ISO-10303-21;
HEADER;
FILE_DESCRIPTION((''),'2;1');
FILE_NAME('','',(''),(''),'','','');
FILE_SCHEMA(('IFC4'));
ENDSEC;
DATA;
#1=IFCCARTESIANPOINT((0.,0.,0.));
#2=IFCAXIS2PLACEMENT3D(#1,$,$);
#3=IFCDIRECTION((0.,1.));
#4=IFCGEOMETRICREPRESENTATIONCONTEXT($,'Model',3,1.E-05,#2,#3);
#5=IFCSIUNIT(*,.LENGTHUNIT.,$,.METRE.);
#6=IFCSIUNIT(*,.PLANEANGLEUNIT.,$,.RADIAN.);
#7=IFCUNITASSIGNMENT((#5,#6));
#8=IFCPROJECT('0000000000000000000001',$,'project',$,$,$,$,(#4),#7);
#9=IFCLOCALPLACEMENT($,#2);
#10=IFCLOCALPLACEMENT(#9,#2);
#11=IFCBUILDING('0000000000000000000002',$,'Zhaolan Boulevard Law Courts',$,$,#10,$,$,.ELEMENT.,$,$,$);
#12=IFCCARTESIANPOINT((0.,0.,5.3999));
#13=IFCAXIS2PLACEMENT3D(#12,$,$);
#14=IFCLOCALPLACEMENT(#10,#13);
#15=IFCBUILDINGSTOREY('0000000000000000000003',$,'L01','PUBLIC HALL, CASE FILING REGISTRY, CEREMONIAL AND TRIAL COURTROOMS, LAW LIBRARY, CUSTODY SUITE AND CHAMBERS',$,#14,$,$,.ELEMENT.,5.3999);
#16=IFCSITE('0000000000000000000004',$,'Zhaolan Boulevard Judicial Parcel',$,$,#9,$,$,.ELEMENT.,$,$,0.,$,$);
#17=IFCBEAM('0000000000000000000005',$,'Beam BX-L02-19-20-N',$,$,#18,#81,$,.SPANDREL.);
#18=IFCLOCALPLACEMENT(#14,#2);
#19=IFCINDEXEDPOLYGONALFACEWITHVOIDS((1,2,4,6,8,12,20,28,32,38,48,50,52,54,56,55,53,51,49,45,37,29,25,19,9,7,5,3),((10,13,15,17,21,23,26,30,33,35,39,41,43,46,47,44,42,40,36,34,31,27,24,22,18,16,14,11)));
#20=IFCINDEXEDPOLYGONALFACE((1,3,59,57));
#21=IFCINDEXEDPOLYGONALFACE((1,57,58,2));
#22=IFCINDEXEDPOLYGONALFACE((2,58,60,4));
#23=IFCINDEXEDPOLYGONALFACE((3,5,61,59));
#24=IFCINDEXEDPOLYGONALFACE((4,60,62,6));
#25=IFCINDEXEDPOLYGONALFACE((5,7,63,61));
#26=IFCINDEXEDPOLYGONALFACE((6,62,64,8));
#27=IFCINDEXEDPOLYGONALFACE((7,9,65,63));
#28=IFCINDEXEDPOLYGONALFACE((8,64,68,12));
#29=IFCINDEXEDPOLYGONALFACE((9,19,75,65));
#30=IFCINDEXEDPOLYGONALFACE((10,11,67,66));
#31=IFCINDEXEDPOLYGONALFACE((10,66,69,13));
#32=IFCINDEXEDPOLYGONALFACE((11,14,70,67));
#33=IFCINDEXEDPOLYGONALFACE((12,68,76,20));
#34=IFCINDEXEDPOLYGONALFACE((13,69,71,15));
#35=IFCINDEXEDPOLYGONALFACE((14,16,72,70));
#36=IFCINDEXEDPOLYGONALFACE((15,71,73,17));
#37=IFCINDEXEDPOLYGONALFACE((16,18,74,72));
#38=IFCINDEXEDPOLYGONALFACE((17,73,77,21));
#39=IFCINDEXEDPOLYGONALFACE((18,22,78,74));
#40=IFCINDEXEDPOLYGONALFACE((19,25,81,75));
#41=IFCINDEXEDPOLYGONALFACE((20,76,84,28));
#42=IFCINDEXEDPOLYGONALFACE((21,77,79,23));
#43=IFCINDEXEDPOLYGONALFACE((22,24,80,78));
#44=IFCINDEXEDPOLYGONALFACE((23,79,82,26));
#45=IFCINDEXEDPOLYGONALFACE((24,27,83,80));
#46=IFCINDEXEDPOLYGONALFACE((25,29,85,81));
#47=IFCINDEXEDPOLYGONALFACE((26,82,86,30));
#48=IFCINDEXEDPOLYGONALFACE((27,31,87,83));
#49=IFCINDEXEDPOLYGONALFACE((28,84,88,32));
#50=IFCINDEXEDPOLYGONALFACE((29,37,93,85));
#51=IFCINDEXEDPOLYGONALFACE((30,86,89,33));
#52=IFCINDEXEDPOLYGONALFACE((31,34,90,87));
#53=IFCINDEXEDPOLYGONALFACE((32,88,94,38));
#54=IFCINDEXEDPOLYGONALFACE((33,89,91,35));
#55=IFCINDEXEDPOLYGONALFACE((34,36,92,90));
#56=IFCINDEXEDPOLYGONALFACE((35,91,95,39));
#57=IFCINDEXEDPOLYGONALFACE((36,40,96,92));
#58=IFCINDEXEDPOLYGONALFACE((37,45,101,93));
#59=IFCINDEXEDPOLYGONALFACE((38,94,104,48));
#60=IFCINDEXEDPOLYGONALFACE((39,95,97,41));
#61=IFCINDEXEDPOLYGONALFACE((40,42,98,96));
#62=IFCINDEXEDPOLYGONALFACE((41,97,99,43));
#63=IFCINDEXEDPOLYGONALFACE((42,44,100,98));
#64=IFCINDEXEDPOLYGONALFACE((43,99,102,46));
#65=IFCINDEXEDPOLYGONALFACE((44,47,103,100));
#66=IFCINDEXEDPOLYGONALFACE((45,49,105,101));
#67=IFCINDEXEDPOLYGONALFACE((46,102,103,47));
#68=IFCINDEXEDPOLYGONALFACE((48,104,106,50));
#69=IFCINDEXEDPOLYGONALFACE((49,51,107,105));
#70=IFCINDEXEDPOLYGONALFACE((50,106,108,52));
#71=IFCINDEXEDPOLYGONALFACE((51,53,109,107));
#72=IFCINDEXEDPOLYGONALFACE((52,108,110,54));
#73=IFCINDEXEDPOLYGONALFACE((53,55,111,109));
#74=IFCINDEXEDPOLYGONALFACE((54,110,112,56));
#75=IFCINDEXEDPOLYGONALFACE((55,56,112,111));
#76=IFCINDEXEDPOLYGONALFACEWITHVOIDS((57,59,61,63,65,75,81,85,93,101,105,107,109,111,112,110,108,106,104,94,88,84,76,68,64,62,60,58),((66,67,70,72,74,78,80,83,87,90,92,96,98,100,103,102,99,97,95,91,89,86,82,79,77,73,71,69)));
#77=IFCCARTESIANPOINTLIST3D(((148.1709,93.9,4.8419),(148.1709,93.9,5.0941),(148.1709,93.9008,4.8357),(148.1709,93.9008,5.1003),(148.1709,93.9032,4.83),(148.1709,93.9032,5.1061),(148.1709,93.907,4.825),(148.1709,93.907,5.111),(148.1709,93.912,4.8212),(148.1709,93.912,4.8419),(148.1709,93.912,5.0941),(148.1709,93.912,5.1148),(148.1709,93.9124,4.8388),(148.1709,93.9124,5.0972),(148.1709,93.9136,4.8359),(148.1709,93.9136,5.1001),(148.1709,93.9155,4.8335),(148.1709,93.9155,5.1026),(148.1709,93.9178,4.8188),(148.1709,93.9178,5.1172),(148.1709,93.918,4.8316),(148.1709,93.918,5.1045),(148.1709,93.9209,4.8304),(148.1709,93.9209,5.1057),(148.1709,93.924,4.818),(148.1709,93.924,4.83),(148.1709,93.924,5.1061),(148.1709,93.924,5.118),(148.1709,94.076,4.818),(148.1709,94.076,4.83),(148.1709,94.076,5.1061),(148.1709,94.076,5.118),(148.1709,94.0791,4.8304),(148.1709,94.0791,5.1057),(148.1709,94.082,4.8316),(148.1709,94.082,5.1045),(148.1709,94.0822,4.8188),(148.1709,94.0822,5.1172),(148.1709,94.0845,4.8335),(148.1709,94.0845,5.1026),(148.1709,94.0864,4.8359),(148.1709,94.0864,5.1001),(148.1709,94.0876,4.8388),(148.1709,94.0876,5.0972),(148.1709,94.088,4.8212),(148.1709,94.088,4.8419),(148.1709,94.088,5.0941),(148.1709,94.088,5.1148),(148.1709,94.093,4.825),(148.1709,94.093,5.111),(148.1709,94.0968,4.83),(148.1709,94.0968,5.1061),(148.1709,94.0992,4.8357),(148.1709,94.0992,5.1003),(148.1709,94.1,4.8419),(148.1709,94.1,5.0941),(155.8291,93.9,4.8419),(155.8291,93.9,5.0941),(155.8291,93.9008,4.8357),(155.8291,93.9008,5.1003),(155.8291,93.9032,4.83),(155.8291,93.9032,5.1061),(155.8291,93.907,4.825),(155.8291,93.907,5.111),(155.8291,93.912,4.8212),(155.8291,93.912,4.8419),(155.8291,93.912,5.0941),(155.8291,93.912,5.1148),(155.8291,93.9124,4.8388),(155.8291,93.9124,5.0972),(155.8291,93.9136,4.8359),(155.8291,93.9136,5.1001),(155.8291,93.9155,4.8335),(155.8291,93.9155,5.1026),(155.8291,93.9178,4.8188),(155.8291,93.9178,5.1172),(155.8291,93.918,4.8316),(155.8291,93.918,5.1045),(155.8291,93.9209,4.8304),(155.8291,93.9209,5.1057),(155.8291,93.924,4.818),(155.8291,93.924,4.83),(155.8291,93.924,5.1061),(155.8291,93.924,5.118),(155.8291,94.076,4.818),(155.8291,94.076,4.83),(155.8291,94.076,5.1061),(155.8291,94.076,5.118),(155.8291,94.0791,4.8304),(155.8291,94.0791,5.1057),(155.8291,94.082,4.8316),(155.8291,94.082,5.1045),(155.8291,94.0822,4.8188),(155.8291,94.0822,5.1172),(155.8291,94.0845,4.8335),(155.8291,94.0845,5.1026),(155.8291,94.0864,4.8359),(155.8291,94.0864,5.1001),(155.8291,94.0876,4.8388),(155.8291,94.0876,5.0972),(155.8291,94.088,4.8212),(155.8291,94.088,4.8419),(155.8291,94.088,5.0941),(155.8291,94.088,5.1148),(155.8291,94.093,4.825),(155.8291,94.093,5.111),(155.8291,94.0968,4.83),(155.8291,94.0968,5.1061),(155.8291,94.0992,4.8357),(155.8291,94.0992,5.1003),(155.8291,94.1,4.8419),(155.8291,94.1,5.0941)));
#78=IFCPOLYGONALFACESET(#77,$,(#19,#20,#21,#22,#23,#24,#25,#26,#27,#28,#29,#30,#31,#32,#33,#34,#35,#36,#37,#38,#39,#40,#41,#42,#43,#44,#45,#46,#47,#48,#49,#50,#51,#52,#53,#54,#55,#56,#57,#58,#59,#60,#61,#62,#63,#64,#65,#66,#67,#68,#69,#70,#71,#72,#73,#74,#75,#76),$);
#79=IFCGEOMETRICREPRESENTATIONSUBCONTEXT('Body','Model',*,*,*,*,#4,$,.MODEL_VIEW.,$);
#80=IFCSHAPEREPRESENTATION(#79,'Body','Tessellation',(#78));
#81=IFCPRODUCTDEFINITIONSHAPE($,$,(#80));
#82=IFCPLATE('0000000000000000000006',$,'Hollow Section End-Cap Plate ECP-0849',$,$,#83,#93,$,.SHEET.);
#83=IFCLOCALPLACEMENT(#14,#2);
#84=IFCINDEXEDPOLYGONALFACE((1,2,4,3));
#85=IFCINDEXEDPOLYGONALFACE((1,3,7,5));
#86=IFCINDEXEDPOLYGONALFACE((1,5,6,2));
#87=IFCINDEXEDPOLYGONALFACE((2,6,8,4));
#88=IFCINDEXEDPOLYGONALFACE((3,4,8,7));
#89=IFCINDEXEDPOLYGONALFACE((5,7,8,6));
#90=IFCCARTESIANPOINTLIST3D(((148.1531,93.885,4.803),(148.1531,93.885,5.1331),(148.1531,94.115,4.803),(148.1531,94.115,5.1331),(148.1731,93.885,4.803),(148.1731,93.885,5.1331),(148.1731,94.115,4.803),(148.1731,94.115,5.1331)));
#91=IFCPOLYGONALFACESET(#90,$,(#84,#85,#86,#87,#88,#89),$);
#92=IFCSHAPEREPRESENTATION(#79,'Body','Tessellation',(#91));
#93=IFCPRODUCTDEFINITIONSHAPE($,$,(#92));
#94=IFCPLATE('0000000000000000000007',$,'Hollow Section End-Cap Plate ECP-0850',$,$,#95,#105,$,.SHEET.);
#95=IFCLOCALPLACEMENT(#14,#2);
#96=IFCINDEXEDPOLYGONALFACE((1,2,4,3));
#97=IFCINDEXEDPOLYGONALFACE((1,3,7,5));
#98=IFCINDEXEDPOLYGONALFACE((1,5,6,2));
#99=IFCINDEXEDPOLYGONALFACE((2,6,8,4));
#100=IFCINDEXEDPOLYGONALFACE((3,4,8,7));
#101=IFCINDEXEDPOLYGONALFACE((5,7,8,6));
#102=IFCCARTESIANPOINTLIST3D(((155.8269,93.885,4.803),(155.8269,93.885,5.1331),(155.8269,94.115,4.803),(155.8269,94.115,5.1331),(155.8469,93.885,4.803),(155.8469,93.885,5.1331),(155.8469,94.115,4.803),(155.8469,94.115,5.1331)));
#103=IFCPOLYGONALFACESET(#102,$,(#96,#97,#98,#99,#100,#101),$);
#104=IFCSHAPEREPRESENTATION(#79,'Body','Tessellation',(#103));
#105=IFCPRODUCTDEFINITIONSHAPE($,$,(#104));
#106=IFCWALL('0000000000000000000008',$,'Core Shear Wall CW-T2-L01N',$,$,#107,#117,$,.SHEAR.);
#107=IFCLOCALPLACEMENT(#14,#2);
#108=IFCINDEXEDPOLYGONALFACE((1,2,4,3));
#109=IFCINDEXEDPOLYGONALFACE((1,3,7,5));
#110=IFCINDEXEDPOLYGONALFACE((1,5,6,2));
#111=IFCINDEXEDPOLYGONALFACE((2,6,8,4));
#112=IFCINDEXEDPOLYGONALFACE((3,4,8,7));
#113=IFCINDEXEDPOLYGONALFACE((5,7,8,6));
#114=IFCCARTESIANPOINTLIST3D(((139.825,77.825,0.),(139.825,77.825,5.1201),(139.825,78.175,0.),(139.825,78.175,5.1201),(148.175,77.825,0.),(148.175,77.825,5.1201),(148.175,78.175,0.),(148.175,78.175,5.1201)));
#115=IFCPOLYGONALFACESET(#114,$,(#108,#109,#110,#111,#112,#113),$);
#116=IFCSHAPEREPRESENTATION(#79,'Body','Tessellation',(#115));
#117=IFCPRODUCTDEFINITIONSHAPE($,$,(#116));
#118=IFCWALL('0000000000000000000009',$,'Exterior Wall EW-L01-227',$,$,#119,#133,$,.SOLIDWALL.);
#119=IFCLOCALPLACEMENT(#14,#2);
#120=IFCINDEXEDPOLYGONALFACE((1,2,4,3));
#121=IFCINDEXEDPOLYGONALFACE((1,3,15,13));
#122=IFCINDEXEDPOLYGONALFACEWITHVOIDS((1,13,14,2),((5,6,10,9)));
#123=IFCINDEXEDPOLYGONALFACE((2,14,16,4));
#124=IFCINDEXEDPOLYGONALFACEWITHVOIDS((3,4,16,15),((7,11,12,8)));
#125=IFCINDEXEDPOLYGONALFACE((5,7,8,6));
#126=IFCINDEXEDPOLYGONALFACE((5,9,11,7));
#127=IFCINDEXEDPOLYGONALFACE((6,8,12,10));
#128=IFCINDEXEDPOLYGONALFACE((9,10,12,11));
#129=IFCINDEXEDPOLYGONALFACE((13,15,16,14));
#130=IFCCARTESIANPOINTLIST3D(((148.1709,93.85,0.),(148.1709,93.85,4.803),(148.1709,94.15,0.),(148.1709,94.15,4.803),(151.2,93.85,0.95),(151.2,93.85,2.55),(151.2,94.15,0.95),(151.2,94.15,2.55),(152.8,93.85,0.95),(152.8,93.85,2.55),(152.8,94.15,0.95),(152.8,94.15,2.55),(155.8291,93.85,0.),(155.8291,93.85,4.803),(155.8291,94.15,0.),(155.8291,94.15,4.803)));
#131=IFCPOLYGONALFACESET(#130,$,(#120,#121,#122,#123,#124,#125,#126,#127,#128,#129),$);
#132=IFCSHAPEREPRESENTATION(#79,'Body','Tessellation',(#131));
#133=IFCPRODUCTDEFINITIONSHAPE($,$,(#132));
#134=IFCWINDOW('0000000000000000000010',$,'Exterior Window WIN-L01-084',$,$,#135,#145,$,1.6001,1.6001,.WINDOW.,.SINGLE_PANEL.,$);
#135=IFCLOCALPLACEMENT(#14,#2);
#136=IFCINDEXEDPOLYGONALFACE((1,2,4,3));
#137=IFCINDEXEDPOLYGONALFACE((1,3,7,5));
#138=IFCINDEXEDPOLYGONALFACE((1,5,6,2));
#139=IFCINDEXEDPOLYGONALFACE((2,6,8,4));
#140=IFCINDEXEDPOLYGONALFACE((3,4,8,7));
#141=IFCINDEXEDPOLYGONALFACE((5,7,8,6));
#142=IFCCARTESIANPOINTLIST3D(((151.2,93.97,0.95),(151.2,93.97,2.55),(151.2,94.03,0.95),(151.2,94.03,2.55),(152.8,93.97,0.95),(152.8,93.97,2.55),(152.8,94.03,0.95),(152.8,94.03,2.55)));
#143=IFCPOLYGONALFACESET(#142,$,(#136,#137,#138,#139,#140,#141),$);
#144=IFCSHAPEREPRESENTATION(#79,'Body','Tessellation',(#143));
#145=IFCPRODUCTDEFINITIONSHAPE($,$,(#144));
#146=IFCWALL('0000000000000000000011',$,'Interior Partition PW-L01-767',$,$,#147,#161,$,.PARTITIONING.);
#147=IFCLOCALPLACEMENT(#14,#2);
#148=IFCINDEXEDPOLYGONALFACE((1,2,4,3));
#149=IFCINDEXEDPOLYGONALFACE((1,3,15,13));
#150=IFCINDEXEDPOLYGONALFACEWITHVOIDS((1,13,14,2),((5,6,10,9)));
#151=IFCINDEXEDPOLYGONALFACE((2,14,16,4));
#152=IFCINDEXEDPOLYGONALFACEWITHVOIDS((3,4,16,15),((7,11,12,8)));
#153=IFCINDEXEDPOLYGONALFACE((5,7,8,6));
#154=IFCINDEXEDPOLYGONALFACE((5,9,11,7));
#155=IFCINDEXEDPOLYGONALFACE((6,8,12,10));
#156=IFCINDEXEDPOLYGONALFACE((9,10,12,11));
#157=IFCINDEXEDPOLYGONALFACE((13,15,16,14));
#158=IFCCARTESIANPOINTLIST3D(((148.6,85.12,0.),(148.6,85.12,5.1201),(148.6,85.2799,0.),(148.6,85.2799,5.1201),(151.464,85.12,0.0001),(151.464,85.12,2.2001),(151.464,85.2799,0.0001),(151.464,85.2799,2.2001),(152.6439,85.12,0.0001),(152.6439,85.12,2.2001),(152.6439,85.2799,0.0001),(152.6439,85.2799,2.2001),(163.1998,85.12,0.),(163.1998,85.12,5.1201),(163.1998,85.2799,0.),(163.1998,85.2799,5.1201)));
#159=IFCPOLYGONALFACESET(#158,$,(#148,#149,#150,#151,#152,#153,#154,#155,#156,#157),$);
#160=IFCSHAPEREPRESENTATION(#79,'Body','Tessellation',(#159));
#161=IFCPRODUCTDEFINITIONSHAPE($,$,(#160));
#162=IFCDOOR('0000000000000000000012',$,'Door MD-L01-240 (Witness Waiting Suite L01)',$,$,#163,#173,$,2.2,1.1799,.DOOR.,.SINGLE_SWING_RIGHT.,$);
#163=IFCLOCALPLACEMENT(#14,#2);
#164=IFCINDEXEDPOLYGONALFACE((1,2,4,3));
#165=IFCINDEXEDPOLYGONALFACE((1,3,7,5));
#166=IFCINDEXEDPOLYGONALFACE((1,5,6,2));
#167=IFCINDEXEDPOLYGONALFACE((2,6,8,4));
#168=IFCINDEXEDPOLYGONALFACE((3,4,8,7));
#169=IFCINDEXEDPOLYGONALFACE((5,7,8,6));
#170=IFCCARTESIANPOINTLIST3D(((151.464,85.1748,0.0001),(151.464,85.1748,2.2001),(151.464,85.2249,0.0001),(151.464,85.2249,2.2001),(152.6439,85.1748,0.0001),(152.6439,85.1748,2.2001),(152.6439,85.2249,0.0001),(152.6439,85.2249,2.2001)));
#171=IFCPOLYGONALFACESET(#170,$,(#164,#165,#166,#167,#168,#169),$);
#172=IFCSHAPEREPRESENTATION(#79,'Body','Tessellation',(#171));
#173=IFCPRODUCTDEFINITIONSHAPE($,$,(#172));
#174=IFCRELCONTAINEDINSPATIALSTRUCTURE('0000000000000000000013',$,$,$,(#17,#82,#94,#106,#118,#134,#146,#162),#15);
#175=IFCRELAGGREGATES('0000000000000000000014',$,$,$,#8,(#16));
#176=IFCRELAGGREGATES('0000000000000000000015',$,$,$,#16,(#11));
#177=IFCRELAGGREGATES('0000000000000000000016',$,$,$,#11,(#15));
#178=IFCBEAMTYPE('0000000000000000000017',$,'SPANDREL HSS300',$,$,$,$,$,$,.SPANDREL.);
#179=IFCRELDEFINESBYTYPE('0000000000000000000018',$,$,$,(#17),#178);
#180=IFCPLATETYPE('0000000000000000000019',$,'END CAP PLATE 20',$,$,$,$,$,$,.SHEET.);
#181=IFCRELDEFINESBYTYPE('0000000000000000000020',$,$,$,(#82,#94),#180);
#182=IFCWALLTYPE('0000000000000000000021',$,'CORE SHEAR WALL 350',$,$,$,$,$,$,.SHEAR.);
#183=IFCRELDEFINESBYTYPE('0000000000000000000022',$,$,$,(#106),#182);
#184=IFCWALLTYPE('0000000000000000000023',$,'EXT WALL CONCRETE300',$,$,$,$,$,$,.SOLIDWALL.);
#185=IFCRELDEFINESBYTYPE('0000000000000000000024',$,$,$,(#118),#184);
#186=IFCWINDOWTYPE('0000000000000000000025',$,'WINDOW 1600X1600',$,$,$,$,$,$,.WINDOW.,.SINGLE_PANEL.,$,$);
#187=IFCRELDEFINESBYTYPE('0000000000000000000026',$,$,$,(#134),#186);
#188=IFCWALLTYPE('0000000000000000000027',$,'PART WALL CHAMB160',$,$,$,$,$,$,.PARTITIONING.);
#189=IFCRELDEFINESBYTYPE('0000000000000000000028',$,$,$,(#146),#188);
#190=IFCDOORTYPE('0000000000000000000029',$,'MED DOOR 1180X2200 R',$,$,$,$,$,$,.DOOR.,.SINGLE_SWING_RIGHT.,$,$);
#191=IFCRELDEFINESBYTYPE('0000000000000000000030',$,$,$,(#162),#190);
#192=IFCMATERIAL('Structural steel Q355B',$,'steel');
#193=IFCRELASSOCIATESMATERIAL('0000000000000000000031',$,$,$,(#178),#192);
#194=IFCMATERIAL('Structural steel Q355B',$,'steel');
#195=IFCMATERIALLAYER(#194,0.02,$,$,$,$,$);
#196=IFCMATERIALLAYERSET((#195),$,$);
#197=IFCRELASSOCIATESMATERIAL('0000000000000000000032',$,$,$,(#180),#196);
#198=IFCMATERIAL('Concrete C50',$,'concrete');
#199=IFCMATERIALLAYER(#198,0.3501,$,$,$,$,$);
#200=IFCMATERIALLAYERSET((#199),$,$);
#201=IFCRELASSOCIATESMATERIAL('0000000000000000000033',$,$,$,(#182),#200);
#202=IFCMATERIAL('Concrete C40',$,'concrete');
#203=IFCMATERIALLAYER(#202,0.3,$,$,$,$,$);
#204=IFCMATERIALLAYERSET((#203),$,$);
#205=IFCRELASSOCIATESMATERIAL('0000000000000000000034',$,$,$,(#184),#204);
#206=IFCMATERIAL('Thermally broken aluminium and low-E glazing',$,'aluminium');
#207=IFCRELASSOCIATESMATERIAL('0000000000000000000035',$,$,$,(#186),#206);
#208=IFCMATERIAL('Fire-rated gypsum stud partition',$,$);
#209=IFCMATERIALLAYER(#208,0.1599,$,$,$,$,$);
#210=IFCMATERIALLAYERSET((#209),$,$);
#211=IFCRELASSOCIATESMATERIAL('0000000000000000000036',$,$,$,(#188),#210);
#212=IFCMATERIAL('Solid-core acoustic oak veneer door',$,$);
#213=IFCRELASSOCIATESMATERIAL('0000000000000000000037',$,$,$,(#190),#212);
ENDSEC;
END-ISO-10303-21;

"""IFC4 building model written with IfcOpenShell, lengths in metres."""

from ifc_helpers import new_model, si_unit, direction, frame, frame_2d, origin, origin_2d, place, context, subcontext, project, spatial, rectangle, hollow_rectangle, extrude, material, layer, layer_set, material_profile, profile_set, type_object, element, fill, save


model = new_model("IFC4")

# Units and contexts
model_context = context("Model", 3, precision=1e-05, world=origin(), true_north=direction((0.0, 1.0)))
body_context = subcontext(model_context, "Body", "Model", "MODEL_VIEW")
ifc_project = project(units=[si_unit("LENGTHUNIT", "METRE"), si_unit("PLANEANGLEUNIT", "RADIAN")], contexts=[model_context])

# Site, building, storey
site_placement = place(None, origin())
site = spatial("IfcSite", under=ifc_project, at=site_placement, Name="Zhaolan Boulevard Judicial Parcel", CompositionType="ELEMENT", RefElevation=0.0)
building_placement = place(site_placement, origin())
building = spatial("IfcBuilding", under=site, at=building_placement, Name="Zhaolan Boulevard Law Courts", CompositionType="ELEMENT")
storey_placement = place(building_placement, frame((0.0, 0.0, 5.3999)))
storey = spatial("IfcBuildingStorey", under=building, at=storey_placement, Name="L01", Description="PUBLIC HALL, CASE FILING REGISTRY, CEREMONIAL AND TRIAL COURTROOMS, LAW LIBRARY, CUSTODY SUITE AND CHAMBERS", CompositionType="ELEMENT", Elevation=5.3999)

# Beam
ifc_material_1 = material(Name="Structural steel Q355B", Category="steel")
ifc_material_profile_1 = material_profile(ifc_material_1, hollow_rectangle(XDim=0.2, YDim=0.3, WallThickness=0.012, InnerFilletRadius=0.012, OuterFilletRadius=0.0239, at=origin_2d()), Name="HSS300x200x12")
ifc_profile_set_1 = profile_set([ifc_material_profile_1], Name="Structural steel Q355B")
beam_type_1 = type_object("IfcBeamType", Name="SPANDREL HSS300", PredefinedType="SPANDREL", material=ifc_profile_set_1)
beam_1_placement = place(storey_placement, frame((148.1709, 94.0, 4.968), z_axis=(1.0, 0.0, 0.0), x_axis=(0.0, 1.0, 0.0)))
element("IfcBeam", 1, at=beam_1_placement, inside=storey, type_object=beam_type_1, Name="Beam BX-L02-19-20-N", PredefinedType="SPANDREL", context=body_context, shape_type="SweptSolid", body=[
    extrude(hollow_rectangle(XDim=0.2, YDim=0.3, WallThickness=0.012, InnerFilletRadius=0.012, OuterFilletRadius=0.0239, at=origin_2d()), origin(), (0.0, 0.0, 1.0), 7.6582),
])

# Plates
ifc_material_2 = material(Name="Structural steel Q355B", Category="steel")
ifc_layer_1 = layer(ifc_material_2, 0.02)
ifc_layer_set_1 = layer_set([ifc_layer_1])
plate_type = type_object("IfcPlateType", Name="END CAP PLATE 20", PredefinedType="SHEET", material=ifc_layer_set_1)
for number, where, z_axis, x_axis, name in (
    (2, (148.1631, 94.0, 4.803), (0.0, 0.0, 1.0), (1.0, 0.0, 0.0), "Hollow Section End-Cap Plate ECP-0849"),
    (3, (155.8369, 94.0, 4.803), (0.0, 0.0, 1.0), (1.0, 0.0, 0.0), "Hollow Section End-Cap Plate ECP-0850"),
):
    element("IfcPlate", number, at=place(storey_placement, frame(where, z_axis=z_axis, x_axis=x_axis)), inside=storey, type_object=plate_type, Name=name, PredefinedType="SHEET", context=body_context, shape_type="SweptSolid", body=[
        extrude(rectangle(XDim=0.02, YDim=0.23, at=origin_2d()), origin(), (0.0, 0.0, 1.0), 0.3301),
    ])

# Wall
ifc_material_3 = material(Name="Concrete C50", Category="concrete")
ifc_layer_2 = layer(ifc_material_3, 0.3501)
ifc_layer_set_2 = layer_set([ifc_layer_2])
wall_type_1 = type_object("IfcWallType", Name="CORE SHEAR WALL 350", PredefinedType="SHEAR", material=ifc_layer_set_2)
wall_1_placement = place(storey_placement, frame((148.175, 78.0, 0.0), z_axis=(0.0, 0.0, 1.0), x_axis=(-1.0, 0.0, 0.0)))
element("IfcWall", 4, at=wall_1_placement, inside=storey, type_object=wall_type_1, Name="Core Shear Wall CW-T2-L01N", PredefinedType="SHEAR", context=body_context, shape_type="SweptSolid", body=[
    extrude(rectangle(XDim=8.3501, YDim=0.3501, at=frame_2d((4.175, 0.0))), origin(), (0.0, 0.0, 1.0), 5.1201),
])

# Wall, opening, window
ifc_material_4 = material(Name="Concrete C40", Category="concrete")
ifc_layer_3 = layer(ifc_material_4, 0.3)
ifc_layer_set_3 = layer_set([ifc_layer_3])
wall_type_2 = type_object("IfcWallType", Name="EXT WALL CONCRETE300", PredefinedType="SOLIDWALL", material=ifc_layer_set_3)
wall_2_placement = place(storey_placement, frame((155.8291, 94.0, 0.0), z_axis=(0.0, 0.0, 1.0), x_axis=(-1.0, 0.0, 0.0)))
wall_2 = element("IfcWall", 5, at=wall_2_placement, inside=storey, type_object=wall_type_2, Name="Exterior Wall EW-L01-227", PredefinedType="SOLIDWALL", context=body_context, shape_type="SweptSolid", body=[
    extrude(rectangle(XDim=7.6582, YDim=0.3, at=frame_2d((3.8291, 0.0))), origin(), (0.0, 0.0, 1.0), 4.803),
])
opening_1_placement = place(wall_2_placement, frame((3.0291, 0.0, 0.95)))
opening_1 = element("IfcOpeningElement", 6, at=opening_1_placement, cuts=wall_2, PredefinedType="OPENING", context=body_context, shape_type="SweptSolid", body=[
    extrude(rectangle(XDim=1.6001, YDim=1.6001, at=frame_2d((0.8, 0.8))), frame((0.0, 0.1599, 0.0), z_axis=(0.0, -1.0, 0.0), x_axis=(1.0, 0.0, 0.0)), (0.0, 0.0, 1.0), 0.3201),
])
ifc_material_5 = material(Name="Thermally broken aluminium and low-E glazing", Category="aluminium")
window_type = type_object("IfcWindowType", Name="WINDOW 1600X1600", PartitioningType="SINGLE_PANEL", PredefinedType="WINDOW", material=ifc_material_5)
window_placement = place(opening_1_placement, origin())
window = element("IfcWindow", 7, at=window_placement, inside=storey, type_object=window_type, Name="Exterior Window WIN-L01-084", OverallHeight=1.6001, OverallWidth=1.6001, PartitioningType="SINGLE_PANEL", PredefinedType="WINDOW", context=body_context, shape_type="SweptSolid", body=[
    extrude(rectangle(XDim=1.6001, YDim=1.6001, at=frame_2d((0.8, 0.8))), frame((0.0, 0.03, 0.0), z_axis=(0.0, -1.0, 0.0), x_axis=(1.0, 0.0, 0.0)), (0.0, 0.0, 1.0), 0.0601),
])
fill(opening_1, window)

# Wall, opening, door
ifc_material_6 = material(Name="Fire-rated gypsum stud partition")
ifc_layer_4 = layer(ifc_material_6, 0.1599)
ifc_layer_set_4 = layer_set([ifc_layer_4])
wall_type_3 = type_object("IfcWallType", Name="PART WALL CHAMB160", PredefinedType="PARTITIONING", material=ifc_layer_set_4)
wall_3_placement = place(storey_placement, frame((148.6001, 85.2, 0.0), z_axis=(0.0, 0.0, 1.0), x_axis=(1.0, 0.0, 0.0)))
wall_3 = element("IfcWall", 8, at=wall_3_placement, inside=storey, type_object=wall_type_3, Name="Interior Partition PW-L01-767", PredefinedType="PARTITIONING", context=body_context, shape_type="SweptSolid", body=[
    extrude(rectangle(XDim=14.5999, YDim=0.1599, at=frame_2d((7.2998, 0.0))), origin(), (0.0, 0.0, 1.0), 5.1201),
])
opening_2_placement = place(wall_3_placement, frame((2.864, 0.0, 0.0)))
opening_2 = element("IfcOpeningElement", 9, at=opening_2_placement, cuts=wall_3, PredefinedType="OPENING", context=body_context, shape_type="SweptSolid", body=[
    extrude(rectangle(XDim=1.1799, YDim=2.2, at=frame_2d((0.5898, 1.1001))), frame((0.0, 0.0898, 0.0), z_axis=(0.0, -1.0, 0.0), x_axis=(1.0, 0.0, 0.0)), (0.0, 0.0, 1.0), 0.1799),
])
ifc_material_7 = material(Name="Solid-core acoustic oak veneer door")
door_type = type_object("IfcDoorType", Name="MED DOOR 1180X2200 R", OperationType="SINGLE_SWING_RIGHT", PredefinedType="DOOR", material=ifc_material_7)
door_placement = place(opening_2_placement, origin())
door = element("IfcDoor", 10, at=door_placement, inside=storey, type_object=door_type, Name="Door MD-L01-240 (Witness Waiting Suite L01)", OperationType="SINGLE_SWING_RIGHT", OverallHeight=2.2, OverallWidth=1.1799, PredefinedType="DOOR", context=body_context, shape_type="SweptSolid", body=[
    extrude(rectangle(XDim=1.1799, YDim=2.2, at=frame_2d((0.5898, 1.1001))), frame((0.0, 0.0249, 0.0), z_axis=(0.0, -1.0, 0.0), x_axis=(1.0, 0.0, 0.0)), (0.0, 0.0, 1.0), 0.05),
])
fill(opening_2, door)

save(model, "model.ifc")
